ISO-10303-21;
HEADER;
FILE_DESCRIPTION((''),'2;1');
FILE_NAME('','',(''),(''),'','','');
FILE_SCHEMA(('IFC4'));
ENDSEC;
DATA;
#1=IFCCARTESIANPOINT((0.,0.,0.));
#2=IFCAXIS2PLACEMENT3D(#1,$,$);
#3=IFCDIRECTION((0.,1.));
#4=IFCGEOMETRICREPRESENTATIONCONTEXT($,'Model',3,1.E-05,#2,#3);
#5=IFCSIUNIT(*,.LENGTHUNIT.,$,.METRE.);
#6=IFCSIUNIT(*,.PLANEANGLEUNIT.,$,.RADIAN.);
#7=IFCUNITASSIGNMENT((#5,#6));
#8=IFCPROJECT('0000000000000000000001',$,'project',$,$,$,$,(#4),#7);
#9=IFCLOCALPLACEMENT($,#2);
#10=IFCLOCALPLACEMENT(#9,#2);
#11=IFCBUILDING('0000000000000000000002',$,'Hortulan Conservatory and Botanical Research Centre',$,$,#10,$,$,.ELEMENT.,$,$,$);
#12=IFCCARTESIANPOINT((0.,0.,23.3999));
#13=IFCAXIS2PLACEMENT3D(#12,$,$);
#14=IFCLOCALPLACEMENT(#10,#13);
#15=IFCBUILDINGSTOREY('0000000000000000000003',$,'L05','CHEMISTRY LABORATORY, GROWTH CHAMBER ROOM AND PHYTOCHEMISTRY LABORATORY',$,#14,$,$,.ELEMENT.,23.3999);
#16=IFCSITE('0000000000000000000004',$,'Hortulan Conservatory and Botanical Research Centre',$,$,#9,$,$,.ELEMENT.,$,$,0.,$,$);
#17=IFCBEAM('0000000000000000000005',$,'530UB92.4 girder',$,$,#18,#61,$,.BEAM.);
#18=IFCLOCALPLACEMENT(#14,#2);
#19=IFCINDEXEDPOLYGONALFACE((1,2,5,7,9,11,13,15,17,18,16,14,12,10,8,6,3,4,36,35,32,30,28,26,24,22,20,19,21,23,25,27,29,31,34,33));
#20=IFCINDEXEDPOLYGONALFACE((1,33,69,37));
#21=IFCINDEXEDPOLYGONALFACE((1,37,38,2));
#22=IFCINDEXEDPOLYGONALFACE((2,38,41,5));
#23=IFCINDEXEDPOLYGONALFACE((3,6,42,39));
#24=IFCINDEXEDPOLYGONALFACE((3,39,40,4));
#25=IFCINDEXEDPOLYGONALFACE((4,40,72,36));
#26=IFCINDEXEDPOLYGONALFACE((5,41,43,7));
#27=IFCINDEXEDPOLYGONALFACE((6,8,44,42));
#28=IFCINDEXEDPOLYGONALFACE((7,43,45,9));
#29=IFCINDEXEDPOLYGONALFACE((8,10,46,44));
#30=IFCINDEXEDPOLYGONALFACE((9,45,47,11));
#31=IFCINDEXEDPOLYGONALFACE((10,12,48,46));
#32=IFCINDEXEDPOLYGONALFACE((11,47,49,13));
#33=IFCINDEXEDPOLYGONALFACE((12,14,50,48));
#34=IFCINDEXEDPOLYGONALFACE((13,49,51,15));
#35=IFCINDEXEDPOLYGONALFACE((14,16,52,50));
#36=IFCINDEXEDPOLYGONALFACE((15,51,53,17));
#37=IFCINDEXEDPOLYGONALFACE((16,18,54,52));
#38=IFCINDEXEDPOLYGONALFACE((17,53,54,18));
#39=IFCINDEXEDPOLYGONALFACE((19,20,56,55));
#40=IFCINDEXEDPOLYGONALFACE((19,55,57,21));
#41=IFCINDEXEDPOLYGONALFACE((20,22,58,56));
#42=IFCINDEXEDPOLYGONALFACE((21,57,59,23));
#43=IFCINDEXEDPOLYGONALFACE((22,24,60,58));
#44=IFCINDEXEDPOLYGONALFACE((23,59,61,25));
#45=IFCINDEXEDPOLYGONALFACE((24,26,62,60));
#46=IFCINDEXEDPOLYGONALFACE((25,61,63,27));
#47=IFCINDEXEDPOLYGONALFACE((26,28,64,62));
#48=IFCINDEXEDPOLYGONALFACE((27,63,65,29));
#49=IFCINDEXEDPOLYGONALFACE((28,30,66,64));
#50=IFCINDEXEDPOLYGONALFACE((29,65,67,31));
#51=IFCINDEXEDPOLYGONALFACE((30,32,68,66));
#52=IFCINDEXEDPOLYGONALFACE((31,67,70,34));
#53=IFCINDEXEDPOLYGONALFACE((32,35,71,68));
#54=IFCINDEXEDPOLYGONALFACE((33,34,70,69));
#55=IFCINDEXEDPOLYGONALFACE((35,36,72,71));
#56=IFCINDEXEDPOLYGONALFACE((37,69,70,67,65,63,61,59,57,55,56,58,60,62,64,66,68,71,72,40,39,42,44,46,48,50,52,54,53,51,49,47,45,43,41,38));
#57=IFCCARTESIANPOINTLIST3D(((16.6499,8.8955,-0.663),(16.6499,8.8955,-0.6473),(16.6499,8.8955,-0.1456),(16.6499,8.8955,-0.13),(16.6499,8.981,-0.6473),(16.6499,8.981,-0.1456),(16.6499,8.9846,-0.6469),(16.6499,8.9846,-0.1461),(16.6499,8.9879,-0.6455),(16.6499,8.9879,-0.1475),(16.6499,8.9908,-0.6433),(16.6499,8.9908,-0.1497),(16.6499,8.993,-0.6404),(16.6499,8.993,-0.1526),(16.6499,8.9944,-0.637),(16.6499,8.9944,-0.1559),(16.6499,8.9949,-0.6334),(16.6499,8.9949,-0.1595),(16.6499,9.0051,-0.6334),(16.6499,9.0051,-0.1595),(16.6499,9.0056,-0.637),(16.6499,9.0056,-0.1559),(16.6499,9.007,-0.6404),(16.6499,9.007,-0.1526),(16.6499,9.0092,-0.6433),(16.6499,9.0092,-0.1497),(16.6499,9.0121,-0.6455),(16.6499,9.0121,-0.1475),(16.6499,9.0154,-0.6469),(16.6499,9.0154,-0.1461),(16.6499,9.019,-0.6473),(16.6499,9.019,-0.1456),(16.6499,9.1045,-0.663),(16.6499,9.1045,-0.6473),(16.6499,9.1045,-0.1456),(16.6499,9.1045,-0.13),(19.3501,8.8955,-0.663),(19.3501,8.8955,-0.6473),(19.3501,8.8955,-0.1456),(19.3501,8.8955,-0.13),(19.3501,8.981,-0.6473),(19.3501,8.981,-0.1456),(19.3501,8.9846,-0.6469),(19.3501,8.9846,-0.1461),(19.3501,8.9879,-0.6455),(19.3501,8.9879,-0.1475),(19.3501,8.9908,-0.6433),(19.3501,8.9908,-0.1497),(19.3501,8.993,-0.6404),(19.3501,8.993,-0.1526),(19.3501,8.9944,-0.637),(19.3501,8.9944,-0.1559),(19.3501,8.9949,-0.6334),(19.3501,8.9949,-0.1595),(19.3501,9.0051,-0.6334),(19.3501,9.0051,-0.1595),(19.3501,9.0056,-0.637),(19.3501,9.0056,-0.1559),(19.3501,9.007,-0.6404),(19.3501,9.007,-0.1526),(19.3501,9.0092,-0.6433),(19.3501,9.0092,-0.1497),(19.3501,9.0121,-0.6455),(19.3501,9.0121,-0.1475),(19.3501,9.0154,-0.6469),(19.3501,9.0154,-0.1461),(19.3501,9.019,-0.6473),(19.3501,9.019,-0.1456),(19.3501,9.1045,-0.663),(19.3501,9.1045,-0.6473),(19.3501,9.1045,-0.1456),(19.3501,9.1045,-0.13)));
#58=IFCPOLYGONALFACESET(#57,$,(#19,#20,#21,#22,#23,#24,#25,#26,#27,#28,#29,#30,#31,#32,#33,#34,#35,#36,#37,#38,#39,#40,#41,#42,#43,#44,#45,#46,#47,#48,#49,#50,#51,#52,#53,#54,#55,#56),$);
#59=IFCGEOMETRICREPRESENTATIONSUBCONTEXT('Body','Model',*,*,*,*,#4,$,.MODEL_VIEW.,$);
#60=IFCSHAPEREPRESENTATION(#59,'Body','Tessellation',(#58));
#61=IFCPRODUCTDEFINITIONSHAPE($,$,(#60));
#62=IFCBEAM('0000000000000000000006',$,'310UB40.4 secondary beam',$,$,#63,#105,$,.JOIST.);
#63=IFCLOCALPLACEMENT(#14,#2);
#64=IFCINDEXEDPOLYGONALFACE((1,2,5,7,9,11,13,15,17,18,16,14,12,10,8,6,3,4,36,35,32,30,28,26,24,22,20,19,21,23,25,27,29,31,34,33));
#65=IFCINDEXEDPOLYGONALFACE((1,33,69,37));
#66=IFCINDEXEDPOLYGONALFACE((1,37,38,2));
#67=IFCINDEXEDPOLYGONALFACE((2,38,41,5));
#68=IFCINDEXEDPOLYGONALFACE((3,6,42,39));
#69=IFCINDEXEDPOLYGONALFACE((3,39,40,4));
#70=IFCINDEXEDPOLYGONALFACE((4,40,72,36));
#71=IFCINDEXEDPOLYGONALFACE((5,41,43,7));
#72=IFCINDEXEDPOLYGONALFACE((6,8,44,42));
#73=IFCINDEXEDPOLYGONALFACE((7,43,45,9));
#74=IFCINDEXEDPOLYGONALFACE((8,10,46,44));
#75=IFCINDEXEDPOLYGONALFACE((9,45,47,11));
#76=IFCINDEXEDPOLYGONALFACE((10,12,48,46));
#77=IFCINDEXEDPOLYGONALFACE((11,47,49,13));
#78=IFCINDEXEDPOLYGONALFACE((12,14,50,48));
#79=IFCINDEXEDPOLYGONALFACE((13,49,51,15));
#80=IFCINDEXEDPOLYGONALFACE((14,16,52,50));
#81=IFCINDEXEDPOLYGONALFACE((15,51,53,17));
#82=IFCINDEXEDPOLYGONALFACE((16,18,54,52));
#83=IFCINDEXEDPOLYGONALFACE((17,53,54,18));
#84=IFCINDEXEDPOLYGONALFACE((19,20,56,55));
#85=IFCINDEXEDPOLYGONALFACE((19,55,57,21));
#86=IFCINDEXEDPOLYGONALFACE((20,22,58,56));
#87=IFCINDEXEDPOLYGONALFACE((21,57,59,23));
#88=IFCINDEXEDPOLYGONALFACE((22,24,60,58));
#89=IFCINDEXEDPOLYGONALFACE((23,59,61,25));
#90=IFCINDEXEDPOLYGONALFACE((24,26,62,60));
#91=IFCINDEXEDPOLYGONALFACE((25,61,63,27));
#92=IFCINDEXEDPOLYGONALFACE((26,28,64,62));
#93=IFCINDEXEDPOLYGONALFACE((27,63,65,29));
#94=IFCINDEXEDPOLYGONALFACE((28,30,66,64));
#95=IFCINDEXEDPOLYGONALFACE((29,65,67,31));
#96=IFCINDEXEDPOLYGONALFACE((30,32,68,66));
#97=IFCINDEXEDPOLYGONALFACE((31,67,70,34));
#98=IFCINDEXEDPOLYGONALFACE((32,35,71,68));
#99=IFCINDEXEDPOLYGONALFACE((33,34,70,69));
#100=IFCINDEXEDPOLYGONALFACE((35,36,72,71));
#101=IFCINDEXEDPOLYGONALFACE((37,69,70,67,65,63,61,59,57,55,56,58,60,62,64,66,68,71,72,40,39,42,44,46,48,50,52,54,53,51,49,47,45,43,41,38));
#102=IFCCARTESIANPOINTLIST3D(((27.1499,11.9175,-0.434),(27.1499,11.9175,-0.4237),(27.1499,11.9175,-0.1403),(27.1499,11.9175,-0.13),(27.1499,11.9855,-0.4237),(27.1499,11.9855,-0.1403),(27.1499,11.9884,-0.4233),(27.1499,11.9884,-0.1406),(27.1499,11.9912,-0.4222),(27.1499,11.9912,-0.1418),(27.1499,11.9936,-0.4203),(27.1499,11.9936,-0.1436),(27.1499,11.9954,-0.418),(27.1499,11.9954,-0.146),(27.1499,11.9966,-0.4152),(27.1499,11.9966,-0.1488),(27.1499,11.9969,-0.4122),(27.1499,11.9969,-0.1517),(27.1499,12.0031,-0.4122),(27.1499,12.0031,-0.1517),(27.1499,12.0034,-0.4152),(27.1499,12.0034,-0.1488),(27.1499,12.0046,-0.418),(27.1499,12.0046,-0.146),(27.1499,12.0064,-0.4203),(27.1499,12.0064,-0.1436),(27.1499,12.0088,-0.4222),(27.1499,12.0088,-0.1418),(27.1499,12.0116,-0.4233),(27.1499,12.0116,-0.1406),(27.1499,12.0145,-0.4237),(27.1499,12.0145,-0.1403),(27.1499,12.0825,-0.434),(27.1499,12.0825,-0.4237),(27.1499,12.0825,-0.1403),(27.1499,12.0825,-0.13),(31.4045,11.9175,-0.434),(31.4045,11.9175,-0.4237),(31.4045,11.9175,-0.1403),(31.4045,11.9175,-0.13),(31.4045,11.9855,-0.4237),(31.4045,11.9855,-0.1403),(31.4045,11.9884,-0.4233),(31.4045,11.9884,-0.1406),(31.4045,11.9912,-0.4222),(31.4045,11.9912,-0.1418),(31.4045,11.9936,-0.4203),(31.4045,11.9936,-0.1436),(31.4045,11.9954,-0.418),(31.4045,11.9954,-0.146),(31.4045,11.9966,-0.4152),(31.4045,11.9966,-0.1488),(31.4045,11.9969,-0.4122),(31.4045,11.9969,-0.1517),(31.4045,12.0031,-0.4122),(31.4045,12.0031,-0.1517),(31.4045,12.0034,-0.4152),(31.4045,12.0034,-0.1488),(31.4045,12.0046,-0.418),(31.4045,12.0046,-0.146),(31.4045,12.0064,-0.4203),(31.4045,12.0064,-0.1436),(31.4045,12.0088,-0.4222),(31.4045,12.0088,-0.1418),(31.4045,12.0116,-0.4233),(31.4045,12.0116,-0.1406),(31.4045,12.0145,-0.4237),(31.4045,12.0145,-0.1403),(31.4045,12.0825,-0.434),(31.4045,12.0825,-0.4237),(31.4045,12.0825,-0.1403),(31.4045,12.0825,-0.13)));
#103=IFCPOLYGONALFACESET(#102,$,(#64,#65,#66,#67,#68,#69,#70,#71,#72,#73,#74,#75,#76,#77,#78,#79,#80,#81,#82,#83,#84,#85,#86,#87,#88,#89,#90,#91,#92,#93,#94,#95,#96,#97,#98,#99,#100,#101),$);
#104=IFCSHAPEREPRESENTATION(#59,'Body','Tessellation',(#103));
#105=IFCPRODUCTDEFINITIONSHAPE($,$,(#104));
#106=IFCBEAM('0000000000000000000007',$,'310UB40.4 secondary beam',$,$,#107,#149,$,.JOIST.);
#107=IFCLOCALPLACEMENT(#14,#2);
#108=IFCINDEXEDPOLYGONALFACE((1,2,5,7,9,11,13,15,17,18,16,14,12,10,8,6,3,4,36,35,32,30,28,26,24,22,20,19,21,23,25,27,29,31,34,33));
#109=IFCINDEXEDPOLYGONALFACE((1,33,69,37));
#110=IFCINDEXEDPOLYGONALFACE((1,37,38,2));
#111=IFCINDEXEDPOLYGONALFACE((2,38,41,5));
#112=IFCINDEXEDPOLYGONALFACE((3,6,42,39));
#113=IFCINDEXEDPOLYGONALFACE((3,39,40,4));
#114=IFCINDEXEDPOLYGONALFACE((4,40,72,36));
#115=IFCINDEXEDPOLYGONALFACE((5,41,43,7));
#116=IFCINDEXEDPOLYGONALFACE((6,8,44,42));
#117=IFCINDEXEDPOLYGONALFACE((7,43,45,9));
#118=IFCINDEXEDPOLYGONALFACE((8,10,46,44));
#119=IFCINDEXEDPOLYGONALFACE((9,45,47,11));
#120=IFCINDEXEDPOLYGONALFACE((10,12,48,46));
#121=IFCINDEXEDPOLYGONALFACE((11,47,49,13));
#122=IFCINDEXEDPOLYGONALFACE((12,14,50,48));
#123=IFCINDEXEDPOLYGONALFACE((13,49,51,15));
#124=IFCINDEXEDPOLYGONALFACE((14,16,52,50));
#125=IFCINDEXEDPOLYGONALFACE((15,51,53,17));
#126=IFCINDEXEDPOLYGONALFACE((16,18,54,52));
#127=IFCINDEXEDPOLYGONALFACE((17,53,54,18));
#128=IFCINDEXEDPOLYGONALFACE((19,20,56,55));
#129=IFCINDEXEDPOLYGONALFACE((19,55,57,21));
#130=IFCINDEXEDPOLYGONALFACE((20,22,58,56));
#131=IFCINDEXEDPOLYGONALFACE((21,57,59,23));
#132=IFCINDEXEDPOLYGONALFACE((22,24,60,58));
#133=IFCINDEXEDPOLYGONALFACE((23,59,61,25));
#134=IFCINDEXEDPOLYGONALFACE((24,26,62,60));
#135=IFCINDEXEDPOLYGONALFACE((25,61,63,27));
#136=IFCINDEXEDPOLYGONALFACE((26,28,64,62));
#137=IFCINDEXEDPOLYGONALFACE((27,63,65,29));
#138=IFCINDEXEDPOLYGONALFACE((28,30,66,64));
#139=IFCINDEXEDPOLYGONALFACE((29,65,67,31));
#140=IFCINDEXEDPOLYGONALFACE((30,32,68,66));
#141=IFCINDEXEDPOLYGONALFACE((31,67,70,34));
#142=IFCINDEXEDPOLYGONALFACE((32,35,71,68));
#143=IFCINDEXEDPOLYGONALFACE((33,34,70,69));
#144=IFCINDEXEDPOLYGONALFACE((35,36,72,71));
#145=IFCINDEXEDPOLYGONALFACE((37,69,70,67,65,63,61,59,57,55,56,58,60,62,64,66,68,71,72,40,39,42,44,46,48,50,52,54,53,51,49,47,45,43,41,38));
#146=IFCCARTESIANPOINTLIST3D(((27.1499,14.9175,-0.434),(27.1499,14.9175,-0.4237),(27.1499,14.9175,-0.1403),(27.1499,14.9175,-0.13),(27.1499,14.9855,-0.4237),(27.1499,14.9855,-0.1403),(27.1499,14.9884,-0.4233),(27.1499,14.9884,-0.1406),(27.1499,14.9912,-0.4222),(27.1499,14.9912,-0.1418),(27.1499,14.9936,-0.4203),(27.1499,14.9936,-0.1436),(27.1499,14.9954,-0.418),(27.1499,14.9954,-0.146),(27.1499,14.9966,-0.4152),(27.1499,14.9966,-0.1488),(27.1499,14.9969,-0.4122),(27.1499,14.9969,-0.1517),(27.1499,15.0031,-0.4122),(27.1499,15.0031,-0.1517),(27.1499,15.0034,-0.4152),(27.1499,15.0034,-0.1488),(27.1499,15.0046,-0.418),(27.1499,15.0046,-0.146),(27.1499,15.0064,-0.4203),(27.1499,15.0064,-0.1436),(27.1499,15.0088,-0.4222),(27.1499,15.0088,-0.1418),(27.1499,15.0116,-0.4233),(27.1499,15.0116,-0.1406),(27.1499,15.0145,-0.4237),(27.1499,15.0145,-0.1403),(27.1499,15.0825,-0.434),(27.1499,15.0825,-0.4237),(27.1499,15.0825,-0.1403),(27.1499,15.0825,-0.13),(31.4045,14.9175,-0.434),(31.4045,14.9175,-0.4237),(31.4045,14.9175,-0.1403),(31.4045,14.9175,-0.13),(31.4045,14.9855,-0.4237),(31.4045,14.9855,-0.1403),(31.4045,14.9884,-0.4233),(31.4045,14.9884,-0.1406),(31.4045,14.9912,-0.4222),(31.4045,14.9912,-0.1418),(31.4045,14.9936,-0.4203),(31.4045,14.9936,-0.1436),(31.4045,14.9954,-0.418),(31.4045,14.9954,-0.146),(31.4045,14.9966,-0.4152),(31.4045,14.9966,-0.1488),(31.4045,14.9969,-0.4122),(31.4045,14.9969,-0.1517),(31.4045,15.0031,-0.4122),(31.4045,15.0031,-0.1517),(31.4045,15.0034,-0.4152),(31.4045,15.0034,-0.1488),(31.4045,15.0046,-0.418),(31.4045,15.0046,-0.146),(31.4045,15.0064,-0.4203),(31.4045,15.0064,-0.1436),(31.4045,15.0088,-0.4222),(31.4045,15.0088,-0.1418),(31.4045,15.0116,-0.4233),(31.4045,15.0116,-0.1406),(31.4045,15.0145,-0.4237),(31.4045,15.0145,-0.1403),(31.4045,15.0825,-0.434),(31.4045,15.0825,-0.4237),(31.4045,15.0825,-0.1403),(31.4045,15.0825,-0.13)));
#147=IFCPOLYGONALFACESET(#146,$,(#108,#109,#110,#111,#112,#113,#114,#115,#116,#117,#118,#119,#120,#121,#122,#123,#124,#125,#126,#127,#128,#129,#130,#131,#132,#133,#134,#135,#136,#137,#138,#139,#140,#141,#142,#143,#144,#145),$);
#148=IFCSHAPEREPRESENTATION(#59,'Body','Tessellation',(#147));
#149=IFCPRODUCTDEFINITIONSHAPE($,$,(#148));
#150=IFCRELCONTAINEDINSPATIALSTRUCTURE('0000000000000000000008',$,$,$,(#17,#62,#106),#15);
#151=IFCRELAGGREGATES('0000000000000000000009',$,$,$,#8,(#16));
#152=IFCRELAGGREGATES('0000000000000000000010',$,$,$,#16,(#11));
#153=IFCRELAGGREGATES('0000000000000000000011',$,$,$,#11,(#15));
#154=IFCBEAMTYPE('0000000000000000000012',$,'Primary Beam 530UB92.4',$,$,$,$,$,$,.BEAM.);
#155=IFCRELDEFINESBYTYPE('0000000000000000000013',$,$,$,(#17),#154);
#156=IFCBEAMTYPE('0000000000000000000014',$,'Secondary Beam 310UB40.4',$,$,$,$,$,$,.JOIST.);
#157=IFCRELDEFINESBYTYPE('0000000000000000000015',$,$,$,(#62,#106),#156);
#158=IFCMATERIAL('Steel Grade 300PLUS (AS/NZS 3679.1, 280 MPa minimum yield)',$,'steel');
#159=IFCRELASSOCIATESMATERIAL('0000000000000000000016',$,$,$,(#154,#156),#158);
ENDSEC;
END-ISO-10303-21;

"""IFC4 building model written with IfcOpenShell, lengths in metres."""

from ifc_helpers import new_model, si_unit, direction, frame, origin, origin_2d, place, context, subcontext, project, spatial, i_section, extrude, material, material_profile, profile_set, type_object, element, save


model = new_model("IFC4")

# Units and contexts
model_context = context("Model", 3, precision=1e-05, world=origin(), true_north=direction((0.0, 1.0)))
body_context = subcontext(model_context, "Body", "Model", "MODEL_VIEW")
ifc_project = project(units=[si_unit("LENGTHUNIT", "METRE"), si_unit("PLANEANGLEUNIT", "RADIAN")], contexts=[model_context])

# Site, building, storey
site_placement = place(None, origin())
site = spatial("IfcSite", under=ifc_project, at=site_placement, Name="Hortulan Conservatory and Botanical Research Centre", CompositionType="ELEMENT", RefElevation=0.0)
building_placement = place(site_placement, origin())
building = spatial("IfcBuilding", under=site, at=building_placement, Name="Hortulan Conservatory and Botanical Research Centre", CompositionType="ELEMENT")
storey_placement = place(building_placement, frame((0.0, 0.0, 23.3999)))
storey = spatial("IfcBuildingStorey", under=building, at=storey_placement, Name="L05", Description="CHEMISTRY LABORATORY, GROWTH CHAMBER ROOM AND PHYTOCHEMISTRY LABORATORY", CompositionType="ELEMENT", Elevation=23.3999)

# Shared definitions
ifc_material_1 = material(Name="Steel Grade 300PLUS (AS/NZS 3679.1, 280 MPa minimum yield)", Category="steel")

# Beams
ifc_material_profile_1 = material_profile(ifc_material_1, i_section(OverallWidth=0.209, OverallDepth=0.533, WebThickness=0.0103, FlangeThickness=0.0156, FilletRadius=0.0139, at=origin_2d()), Name="530UB92.4")
ifc_profile_set_1 = profile_set([ifc_material_profile_1], Name="Steel Grade 300PLUS (AS/NZS 3679.1, 280 MPa minimum yield)")
beam_type_1 = type_object("IfcBeamType", Name="Primary Beam 530UB92.4", PredefinedType="BEAM", material=ifc_profile_set_1)
beam_1_placement = place(storey_placement, frame((16.6499, 9.0, -0.3965), z_axis=(1.0, 0.0, 0.0), x_axis=(0.0, 1.0, 0.0)))
element("IfcBeam", 1, at=beam_1_placement, inside=storey, type_object=beam_type_1, Name="530UB92.4 girder", PredefinedType="BEAM", context=body_context, shape_type="SweptSolid", body=[
    extrude(i_section(OverallWidth=0.209, OverallDepth=0.533, WebThickness=0.0103, FlangeThickness=0.0156, FilletRadius=0.0139, at=origin_2d()), origin(), (0.0, 0.0, 1.0), 2.7002),
])
ifc_material_profile_2 = material_profile(ifc_material_1, i_section(OverallWidth=0.165, OverallDepth=0.304, WebThickness=0.0061, FlangeThickness=0.0103, FilletRadius=0.0115, at=origin_2d()), Name="310UB40.4")
ifc_profile_set_2 = profile_set([ifc_material_profile_2], Name="Steel Grade 300PLUS (AS/NZS 3679.1, 280 MPa minimum yield)")
beam_type_2 = type_object("IfcBeamType", Name="Secondary Beam 310UB40.4", PredefinedType="JOIST", material=ifc_profile_set_2)
for number, where, z_axis, x_axis, name in (
    (2, (27.1499, 12.0, -0.282), (1.0, 0.0, 0.0), (0.0, 1.0, 0.0), "310UB40.4 secondary beam"),
    (3, (27.1499, 15.0, -0.282), (1.0, 0.0, 0.0), (0.0, 1.0, 0.0), "310UB40.4 secondary beam"),
):
    element("IfcBeam", number, at=place(storey_placement, frame(where, z_axis=z_axis, x_axis=x_axis)), inside=storey, type_object=beam_type_2, Name=name, PredefinedType="JOIST", context=body_context, shape_type="SweptSolid", body=[
        extrude(i_section(OverallWidth=0.165, OverallDepth=0.304, WebThickness=0.0061, FlangeThickness=0.0103, FilletRadius=0.0115, at=origin_2d()), origin(), (0.0, 0.0, 1.0), 4.2546),
    ])

save(model, "model.ifc")
